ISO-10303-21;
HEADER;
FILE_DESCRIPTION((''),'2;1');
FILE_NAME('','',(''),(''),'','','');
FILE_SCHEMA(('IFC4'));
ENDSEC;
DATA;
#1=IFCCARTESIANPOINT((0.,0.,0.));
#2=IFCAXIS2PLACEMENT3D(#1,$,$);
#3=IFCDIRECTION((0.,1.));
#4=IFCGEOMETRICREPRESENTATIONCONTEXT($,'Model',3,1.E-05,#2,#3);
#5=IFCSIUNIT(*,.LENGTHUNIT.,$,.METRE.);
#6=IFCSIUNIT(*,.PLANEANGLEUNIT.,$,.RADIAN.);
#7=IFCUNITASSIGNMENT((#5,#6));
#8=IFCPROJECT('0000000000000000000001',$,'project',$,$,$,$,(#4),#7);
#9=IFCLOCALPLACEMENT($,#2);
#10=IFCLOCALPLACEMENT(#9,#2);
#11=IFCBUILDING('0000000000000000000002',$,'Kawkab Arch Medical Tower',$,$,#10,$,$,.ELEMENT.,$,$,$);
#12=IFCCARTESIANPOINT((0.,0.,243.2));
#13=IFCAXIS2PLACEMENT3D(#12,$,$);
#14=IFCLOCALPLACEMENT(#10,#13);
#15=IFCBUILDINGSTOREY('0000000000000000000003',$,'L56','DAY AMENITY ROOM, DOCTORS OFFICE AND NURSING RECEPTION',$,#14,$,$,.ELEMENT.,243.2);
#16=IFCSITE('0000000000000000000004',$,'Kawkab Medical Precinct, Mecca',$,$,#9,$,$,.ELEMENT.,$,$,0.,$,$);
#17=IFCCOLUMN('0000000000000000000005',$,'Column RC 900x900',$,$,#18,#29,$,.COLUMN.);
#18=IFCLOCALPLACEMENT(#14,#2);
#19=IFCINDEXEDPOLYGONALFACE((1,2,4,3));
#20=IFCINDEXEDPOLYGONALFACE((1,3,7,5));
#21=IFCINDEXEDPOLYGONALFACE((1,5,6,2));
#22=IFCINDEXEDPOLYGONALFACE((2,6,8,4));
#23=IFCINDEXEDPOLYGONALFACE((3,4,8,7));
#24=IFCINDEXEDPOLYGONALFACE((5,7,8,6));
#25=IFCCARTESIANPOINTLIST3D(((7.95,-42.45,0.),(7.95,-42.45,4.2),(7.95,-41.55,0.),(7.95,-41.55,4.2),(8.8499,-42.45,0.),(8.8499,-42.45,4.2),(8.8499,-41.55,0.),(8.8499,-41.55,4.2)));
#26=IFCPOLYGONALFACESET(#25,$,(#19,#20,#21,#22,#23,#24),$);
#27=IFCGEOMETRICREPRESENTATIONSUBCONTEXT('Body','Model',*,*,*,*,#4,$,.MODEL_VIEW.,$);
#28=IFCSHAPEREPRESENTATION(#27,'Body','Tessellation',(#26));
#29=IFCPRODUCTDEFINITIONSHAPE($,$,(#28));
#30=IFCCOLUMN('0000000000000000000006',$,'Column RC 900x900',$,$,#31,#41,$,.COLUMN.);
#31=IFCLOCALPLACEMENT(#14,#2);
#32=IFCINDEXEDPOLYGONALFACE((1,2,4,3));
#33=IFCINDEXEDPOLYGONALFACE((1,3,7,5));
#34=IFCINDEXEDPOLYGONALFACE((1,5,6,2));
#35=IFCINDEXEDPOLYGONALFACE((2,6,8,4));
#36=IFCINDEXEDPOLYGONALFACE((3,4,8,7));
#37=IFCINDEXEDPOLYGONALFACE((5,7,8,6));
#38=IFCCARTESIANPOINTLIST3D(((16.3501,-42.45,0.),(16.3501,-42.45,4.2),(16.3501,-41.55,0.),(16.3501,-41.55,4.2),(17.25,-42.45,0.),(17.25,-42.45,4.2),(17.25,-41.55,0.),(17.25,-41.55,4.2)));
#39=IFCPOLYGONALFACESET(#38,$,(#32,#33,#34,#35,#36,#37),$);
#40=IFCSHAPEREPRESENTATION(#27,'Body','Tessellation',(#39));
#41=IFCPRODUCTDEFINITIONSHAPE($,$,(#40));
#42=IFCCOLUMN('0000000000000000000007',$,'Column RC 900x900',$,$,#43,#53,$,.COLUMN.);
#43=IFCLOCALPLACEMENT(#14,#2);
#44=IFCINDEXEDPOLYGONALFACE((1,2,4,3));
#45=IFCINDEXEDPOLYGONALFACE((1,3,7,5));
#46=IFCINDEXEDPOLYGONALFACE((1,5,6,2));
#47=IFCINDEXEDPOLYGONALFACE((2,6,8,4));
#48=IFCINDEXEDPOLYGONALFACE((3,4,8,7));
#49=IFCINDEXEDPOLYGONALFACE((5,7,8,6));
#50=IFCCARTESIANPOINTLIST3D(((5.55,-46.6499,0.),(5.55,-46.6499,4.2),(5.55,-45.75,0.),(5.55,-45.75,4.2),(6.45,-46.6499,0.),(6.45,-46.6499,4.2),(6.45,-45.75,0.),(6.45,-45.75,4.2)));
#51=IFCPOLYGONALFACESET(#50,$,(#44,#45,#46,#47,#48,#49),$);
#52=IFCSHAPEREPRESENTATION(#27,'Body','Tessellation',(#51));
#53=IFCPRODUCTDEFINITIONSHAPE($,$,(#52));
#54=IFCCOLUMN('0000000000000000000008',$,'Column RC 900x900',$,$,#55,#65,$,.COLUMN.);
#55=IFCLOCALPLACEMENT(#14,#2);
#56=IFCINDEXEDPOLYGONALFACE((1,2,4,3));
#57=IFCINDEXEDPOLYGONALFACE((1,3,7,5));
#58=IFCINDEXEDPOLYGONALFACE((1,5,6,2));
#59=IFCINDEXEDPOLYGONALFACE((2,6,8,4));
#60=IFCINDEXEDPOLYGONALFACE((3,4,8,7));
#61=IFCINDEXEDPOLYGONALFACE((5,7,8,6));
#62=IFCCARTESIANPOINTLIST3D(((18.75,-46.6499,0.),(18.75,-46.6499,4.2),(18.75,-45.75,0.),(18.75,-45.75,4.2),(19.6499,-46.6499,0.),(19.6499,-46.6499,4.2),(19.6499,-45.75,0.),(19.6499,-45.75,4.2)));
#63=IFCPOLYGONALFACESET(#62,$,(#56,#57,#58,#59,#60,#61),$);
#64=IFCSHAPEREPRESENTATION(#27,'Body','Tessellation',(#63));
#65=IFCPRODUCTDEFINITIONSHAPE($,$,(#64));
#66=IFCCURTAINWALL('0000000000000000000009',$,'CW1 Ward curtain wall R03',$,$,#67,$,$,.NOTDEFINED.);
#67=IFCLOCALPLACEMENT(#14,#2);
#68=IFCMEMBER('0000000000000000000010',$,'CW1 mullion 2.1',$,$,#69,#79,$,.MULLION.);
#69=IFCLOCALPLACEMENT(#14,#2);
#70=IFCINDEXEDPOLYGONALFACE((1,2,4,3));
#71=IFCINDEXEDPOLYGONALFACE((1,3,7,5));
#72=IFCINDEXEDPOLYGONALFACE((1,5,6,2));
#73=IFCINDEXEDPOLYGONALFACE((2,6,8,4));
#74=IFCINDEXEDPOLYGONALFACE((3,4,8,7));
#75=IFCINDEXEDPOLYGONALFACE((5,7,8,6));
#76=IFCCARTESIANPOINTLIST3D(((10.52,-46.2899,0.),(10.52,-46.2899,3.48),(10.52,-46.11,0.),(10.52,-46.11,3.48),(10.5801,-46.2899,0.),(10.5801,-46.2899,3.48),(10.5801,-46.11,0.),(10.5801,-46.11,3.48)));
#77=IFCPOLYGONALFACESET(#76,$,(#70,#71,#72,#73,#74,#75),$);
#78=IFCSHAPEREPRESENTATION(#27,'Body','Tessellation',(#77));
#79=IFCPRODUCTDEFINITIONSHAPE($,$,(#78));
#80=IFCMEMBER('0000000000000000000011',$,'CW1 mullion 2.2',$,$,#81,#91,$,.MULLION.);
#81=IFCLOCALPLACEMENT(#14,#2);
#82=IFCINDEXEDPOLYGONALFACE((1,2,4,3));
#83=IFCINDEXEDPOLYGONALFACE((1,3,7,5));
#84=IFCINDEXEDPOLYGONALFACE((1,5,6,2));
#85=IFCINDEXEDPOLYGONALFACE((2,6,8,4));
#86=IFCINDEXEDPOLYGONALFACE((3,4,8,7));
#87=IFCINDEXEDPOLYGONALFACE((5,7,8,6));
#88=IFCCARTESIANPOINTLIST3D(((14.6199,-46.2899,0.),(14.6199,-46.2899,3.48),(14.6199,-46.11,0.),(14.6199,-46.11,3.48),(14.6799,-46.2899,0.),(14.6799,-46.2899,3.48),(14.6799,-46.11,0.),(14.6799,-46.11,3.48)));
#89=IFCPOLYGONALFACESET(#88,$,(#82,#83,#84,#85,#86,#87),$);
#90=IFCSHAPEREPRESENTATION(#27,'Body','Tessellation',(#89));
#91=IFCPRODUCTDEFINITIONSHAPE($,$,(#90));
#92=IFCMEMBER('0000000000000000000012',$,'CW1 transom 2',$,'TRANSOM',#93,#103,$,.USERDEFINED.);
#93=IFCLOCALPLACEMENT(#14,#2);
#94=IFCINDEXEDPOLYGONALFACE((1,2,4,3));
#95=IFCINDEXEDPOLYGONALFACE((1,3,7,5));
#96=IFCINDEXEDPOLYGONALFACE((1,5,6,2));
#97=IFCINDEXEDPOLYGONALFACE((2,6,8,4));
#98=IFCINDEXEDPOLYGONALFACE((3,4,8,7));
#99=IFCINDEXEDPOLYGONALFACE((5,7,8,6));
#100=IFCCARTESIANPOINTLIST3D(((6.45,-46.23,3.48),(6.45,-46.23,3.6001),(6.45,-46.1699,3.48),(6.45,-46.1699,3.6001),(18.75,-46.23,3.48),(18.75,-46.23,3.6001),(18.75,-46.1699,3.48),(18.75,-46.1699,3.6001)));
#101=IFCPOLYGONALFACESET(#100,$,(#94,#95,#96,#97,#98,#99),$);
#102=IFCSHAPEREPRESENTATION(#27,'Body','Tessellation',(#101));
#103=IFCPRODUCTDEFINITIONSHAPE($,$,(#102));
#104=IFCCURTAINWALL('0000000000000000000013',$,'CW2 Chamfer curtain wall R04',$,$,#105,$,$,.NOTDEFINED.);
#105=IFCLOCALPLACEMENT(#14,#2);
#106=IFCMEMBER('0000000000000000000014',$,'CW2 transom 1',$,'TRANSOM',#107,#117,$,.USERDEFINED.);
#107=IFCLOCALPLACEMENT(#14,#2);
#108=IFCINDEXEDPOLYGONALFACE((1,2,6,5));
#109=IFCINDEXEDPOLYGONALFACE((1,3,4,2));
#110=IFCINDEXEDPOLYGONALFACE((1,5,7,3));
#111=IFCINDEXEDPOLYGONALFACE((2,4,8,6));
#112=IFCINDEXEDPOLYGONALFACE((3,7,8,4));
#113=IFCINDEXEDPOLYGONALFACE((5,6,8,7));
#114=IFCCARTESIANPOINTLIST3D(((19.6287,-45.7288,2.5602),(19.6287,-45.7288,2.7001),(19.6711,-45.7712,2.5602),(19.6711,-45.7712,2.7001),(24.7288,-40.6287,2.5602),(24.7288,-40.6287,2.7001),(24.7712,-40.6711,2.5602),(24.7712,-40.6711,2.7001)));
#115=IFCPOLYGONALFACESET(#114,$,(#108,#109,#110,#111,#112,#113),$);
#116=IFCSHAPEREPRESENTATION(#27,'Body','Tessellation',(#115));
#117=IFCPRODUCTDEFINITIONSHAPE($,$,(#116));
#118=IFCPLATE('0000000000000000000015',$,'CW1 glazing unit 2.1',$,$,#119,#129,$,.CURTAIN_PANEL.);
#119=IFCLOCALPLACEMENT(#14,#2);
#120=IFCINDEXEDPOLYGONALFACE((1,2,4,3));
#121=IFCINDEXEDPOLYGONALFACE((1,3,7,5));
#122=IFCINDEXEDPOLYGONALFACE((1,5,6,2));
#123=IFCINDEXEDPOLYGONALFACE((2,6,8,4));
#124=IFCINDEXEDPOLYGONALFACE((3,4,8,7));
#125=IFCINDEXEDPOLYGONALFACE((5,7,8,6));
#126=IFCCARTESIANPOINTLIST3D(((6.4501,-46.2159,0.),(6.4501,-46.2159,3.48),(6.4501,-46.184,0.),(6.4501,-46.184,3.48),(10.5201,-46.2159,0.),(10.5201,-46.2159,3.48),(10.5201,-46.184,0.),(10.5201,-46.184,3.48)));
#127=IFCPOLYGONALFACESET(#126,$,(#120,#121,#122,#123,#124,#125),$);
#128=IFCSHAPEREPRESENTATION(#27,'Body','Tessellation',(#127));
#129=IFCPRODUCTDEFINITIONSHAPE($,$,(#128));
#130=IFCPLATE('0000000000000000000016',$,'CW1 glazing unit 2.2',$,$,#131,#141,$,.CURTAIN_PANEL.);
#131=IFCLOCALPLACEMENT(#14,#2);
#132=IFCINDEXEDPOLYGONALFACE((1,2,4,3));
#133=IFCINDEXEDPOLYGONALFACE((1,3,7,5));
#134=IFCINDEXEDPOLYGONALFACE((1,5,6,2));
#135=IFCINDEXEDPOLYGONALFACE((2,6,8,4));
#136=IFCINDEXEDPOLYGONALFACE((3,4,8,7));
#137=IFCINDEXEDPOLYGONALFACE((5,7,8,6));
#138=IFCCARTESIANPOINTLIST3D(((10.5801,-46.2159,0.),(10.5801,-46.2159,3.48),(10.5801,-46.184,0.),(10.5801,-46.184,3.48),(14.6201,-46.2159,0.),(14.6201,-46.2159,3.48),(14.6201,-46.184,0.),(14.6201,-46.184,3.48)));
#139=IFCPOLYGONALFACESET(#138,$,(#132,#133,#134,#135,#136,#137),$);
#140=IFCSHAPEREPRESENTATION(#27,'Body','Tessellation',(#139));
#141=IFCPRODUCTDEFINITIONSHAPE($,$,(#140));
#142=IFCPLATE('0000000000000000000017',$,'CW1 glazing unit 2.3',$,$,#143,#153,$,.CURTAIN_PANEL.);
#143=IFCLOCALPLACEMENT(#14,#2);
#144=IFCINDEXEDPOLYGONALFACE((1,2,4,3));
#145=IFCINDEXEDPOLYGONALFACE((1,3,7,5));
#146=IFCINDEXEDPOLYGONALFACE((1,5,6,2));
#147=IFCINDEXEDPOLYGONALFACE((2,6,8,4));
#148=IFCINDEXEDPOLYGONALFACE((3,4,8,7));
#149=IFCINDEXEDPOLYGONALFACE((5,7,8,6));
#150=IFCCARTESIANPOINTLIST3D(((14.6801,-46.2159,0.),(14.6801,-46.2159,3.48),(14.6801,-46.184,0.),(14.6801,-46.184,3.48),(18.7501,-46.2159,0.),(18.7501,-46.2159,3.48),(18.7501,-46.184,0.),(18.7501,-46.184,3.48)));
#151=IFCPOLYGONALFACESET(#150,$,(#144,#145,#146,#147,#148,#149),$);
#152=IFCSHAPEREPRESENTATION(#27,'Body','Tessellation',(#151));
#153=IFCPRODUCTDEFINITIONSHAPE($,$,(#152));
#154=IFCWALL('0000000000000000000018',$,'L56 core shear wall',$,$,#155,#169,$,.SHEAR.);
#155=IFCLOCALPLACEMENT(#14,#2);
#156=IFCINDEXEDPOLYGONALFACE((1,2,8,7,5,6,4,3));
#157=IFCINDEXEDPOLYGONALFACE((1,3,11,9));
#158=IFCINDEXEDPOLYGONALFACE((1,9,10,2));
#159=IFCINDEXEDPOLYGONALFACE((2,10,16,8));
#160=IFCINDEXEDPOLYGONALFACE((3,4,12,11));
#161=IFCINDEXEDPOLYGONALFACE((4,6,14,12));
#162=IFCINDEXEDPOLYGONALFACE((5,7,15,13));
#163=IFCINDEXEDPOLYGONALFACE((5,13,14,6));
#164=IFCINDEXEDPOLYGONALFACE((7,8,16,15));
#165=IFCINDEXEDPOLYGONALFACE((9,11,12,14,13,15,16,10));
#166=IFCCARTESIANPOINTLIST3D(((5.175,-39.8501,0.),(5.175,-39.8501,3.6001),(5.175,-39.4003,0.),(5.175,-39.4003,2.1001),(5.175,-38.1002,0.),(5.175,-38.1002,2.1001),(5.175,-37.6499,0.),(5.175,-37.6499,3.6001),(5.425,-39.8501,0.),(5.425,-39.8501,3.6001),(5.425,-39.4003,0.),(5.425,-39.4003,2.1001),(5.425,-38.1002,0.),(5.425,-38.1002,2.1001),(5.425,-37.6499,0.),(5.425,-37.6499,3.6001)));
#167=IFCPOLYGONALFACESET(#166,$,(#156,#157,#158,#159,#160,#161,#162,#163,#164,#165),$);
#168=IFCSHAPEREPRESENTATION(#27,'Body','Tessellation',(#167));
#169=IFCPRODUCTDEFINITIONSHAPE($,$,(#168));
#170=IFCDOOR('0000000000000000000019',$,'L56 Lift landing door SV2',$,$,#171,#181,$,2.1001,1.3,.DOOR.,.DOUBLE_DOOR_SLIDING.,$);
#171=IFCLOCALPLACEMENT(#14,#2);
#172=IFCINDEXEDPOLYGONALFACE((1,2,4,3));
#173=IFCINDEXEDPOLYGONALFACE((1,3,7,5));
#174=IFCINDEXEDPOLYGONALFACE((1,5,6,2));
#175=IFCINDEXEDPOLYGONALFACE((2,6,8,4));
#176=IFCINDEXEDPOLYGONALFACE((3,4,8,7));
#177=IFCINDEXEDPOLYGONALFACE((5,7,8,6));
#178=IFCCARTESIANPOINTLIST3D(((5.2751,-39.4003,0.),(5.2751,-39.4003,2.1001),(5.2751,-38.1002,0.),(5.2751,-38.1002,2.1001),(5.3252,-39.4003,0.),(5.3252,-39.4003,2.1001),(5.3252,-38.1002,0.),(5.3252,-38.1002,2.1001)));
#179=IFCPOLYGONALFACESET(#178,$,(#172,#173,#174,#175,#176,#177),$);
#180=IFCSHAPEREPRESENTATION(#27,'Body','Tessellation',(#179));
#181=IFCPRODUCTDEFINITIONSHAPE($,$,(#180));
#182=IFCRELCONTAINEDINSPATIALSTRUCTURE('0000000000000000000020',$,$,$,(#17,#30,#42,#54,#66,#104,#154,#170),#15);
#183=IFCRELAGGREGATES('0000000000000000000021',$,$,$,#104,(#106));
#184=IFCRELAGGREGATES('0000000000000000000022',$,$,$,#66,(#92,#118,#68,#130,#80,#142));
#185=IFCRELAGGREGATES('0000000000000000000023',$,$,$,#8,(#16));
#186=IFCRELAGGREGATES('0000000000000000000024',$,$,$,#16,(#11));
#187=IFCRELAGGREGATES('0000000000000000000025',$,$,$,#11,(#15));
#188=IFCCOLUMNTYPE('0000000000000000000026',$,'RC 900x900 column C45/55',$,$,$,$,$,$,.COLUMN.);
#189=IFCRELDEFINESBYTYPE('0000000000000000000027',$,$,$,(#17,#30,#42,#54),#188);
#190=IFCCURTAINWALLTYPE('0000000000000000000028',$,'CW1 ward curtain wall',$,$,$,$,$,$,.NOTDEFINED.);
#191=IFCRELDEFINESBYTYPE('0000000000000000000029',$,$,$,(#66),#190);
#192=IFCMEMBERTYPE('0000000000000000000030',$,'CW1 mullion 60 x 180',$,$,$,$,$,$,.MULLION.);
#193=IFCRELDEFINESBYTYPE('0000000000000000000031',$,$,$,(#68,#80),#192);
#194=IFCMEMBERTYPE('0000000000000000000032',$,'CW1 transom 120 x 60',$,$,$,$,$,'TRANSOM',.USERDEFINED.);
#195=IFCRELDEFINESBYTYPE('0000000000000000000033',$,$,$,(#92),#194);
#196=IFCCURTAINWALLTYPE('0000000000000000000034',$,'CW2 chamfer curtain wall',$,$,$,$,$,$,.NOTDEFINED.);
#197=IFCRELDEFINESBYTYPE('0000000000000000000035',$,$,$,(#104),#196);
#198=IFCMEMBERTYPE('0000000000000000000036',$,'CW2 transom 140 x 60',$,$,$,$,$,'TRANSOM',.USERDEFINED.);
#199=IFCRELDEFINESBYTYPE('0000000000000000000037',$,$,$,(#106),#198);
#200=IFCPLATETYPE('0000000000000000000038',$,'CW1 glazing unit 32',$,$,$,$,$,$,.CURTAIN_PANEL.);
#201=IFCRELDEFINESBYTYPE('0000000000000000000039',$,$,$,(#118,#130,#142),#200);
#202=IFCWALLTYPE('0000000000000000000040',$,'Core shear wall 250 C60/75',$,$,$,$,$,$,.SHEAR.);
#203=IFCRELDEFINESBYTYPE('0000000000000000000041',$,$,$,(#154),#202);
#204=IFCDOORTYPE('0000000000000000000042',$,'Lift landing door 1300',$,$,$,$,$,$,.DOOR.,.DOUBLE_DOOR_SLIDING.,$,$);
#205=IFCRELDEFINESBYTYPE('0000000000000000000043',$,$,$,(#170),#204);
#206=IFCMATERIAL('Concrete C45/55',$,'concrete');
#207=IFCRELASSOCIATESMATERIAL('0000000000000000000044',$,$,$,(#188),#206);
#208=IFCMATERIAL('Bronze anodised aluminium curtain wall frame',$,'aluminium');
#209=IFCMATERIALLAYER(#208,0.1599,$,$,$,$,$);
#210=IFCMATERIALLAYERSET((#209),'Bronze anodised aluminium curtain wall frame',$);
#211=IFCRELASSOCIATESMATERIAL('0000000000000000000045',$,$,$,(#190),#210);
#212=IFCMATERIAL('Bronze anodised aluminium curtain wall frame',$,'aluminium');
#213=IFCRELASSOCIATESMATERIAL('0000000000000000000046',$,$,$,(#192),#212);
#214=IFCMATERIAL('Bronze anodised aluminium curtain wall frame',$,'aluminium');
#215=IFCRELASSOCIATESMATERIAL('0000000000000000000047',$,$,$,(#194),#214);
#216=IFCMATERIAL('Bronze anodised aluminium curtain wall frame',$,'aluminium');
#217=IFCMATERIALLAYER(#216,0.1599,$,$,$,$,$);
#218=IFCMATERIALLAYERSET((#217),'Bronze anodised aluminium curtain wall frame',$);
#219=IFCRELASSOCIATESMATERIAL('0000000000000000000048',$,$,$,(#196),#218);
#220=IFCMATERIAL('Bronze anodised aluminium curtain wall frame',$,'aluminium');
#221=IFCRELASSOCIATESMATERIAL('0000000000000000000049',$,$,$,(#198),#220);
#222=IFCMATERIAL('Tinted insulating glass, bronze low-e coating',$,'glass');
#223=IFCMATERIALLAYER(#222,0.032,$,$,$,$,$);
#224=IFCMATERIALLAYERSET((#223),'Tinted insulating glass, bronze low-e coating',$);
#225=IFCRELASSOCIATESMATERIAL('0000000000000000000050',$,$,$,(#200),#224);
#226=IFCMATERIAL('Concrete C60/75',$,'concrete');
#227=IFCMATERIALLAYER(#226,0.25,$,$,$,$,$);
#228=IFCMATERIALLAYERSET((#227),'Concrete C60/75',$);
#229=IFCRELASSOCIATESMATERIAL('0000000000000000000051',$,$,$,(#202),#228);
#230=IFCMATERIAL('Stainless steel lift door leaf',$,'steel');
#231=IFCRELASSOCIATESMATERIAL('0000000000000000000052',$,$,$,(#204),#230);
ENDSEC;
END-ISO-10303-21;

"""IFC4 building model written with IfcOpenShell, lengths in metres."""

from ifc_helpers import new_model, si_unit, direction, frame, frame_2d, origin, origin_2d, place, context, subcontext, project, spatial, rectangle, extrude, material, layer, layer_set, material_profile, profile_set, type_object, element, fill, aggregate, save


model = new_model("IFC4")

# Units and contexts
model_context = context("Model", 3, precision=1e-05, world=origin(), true_north=direction((0.0, 1.0)))
body_context = subcontext(model_context, "Body", "Model", "MODEL_VIEW")
ifc_project = project(units=[si_unit("LENGTHUNIT", "METRE"), si_unit("PLANEANGLEUNIT", "RADIAN")], contexts=[model_context])

# Site, building, storey
site_placement = place(None, origin())
site = spatial("IfcSite", under=ifc_project, at=site_placement, Name="Kawkab Medical Precinct, Mecca", CompositionType="ELEMENT", RefElevation=0.0)
building_placement = place(site_placement, origin())
building = spatial("IfcBuilding", under=site, at=building_placement, Name="Kawkab Arch Medical Tower", CompositionType="ELEMENT")
storey_placement = place(building_placement, frame((0.0, 0.0, 243.2)))
storey = spatial("IfcBuildingStorey", under=building, at=storey_placement, Name="L56", Description="DAY AMENITY ROOM, DOCTORS OFFICE AND NURSING RECEPTION", CompositionType="ELEMENT", Elevation=243.2)

# Columns
ifc_material_1 = material(Name="Concrete C45/55", Category="concrete")
ifc_material_profile_1 = material_profile(ifc_material_1, rectangle(XDim=0.8999, YDim=0.8999, at=origin_2d()), Name="RC 900x900")
ifc_profile_set_1 = profile_set([ifc_material_profile_1], Name="Concrete C45/55")
column_type = type_object("IfcColumnType", Name="RC 900x900 column C45/55", PredefinedType="COLUMN", material=ifc_profile_set_1)
for number, where, z_axis, x_axis, name in (
    (1, (8.3999, -42.0, 0.0), (0.0, 0.0, 1.0), (1.0, 0.0, 0.0), "Column RC 900x900"),
    (2, (16.8, -42.0, 0.0), (0.0, 0.0, 1.0), (1.0, 0.0, 0.0), "Column RC 900x900"),
    (3, (6.0, -46.2, 0.0), (0.0, 0.0, 1.0), (1.0, 0.0, 0.0), "Column RC 900x900"),
    (4, (19.2, -46.2, 0.0), (0.0, 0.0, 1.0), (1.0, 0.0, 0.0), "Column RC 900x900"),
):
    element("IfcColumn", number, at=place(storey_placement, frame(where, z_axis=z_axis, x_axis=x_axis)), inside=storey, type_object=column_type, Name=name, PredefinedType="COLUMN", context=body_context, shape_type="SweptSolid", body=[
        extrude(rectangle(XDim=0.8999, YDim=0.8999, at=origin_2d()), origin(), (0.0, 0.0, 1.0), 4.2),
    ])

# Curtain wall, members
ifc_material_2 = material(Name="Bronze anodised aluminium curtain wall frame", Category="aluminium")
ifc_layer_1 = layer(ifc_material_2, 0.1599)
ifc_layer_set_1 = layer_set([ifc_layer_1], Name="Bronze anodised aluminium curtain wall frame")
curtain_wall_type_1 = type_object("IfcCurtainWallType", Name="CW1 ward curtain wall", PredefinedType="NOTDEFINED", material=ifc_layer_set_1)
placement = place(storey_placement, origin())
curtain_wall_1 = element("IfcCurtainWall", 5, at=placement, inside=storey, type_object=curtain_wall_type_1, Name="CW1 Ward curtain wall R03", PredefinedType="NOTDEFINED")
ifc_material_3 = material(Name="Bronze anodised aluminium curtain wall frame", Category="aluminium")
ifc_material_profile_2 = material_profile(ifc_material_3, rectangle(XDim=0.1799, YDim=0.0601, at=origin_2d()), Name="AL 60x180")
ifc_profile_set_2 = profile_set([ifc_material_profile_2], Name="Bronze anodised aluminium curtain wall frame")
member_type_1 = type_object("IfcMemberType", Name="CW1 mullion 60 x 180", PredefinedType="MULLION", material=ifc_profile_set_2)
member_1_placement = place(storey_placement, frame((10.55, -46.2, 0.0), z_axis=(0.0, 0.0, 1.0), x_axis=(0.0, 1.0, 0.0)))
member_1 = element("IfcMember", 6, at=member_1_placement, type_object=member_type_1, Name="CW1 mullion 2.1", PredefinedType="MULLION", context=body_context, shape_type="SweptSolid", body=[
    extrude(rectangle(XDim=0.1799, YDim=0.0601, at=origin_2d()), origin(), (0.0, 0.0, 1.0), 3.48),
])
member_2_placement = place(storey_placement, frame((14.6499, -46.2, 0.0), z_axis=(0.0, 0.0, 1.0), x_axis=(0.0, 1.0, 0.0)))
member_2 = element("IfcMember", 7, at=member_2_placement, type_object=member_type_1, Name="CW1 mullion 2.2", PredefinedType="MULLION", context=body_context, shape_type="SweptSolid", body=[
    extrude(rectangle(XDim=0.1799, YDim=0.0601, at=origin_2d()), origin(), (0.0, 0.0, 1.0), 3.48),
])
ifc_material_4 = material(Name="Bronze anodised aluminium curtain wall frame", Category="aluminium")
ifc_material_profile_3 = material_profile(ifc_material_4, rectangle(XDim=0.0601, YDim=0.1201, at=origin_2d()), Name="AL 60x120")
ifc_profile_set_3 = profile_set([ifc_material_profile_3], Name="Bronze anodised aluminium curtain wall frame")
member_type_2 = type_object("IfcMemberType", Name="CW1 transom 120 x 60", ElementType="TRANSOM", PredefinedType="USERDEFINED", material=ifc_profile_set_3)
member_3_placement = place(storey_placement, frame((6.45, -46.2, 3.54), z_axis=(1.0, 0.0, 0.0), x_axis=(0.0, 1.0, 0.0)))
member_3 = element("IfcMember", 8, at=member_3_placement, type_object=member_type_2, Name="CW1 transom 2", ObjectType="TRANSOM", PredefinedType="USERDEFINED", context=body_context, shape_type="SweptSolid", body=[
    extrude(rectangle(XDim=0.0601, YDim=0.1201, at=origin_2d()), origin(), (0.0, 0.0, 1.0), 12.3),
])

# Curtain wall, member
ifc_material_5 = material(Name="Bronze anodised aluminium curtain wall frame", Category="aluminium")
ifc_layer_2 = layer(ifc_material_5, 0.1599)
ifc_layer_set_2 = layer_set([ifc_layer_2], Name="Bronze anodised aluminium curtain wall frame")
curtain_wall_type_2 = type_object("IfcCurtainWallType", Name="CW2 chamfer curtain wall", PredefinedType="NOTDEFINED", material=ifc_layer_set_2)
curtain_wall_2 = element("IfcCurtainWall", 9, at=placement, inside=storey, type_object=curtain_wall_type_2, Name="CW2 Chamfer curtain wall R04", PredefinedType="NOTDEFINED")
ifc_material_6 = material(Name="Bronze anodised aluminium curtain wall frame", Category="aluminium")
ifc_material_profile_4 = material_profile(ifc_material_6, rectangle(XDim=0.0601, YDim=0.1399, at=origin_2d()), Name="AL 60x140")
ifc_profile_set_4 = profile_set([ifc_material_profile_4], Name="Bronze anodised aluminium curtain wall frame")
member_type_3 = type_object("IfcMemberType", Name="CW2 transom 140 x 60", ElementType="TRANSOM", PredefinedType="USERDEFINED", material=ifc_profile_set_4)
member_4_placement = place(storey_placement, frame((19.6499, -45.75, 2.6301), z_axis=(0.707107, 0.707107, 0.0), x_axis=(-0.707107, 0.707107, 0.0)))
member_4 = element("IfcMember", 10, at=member_4_placement, type_object=member_type_3, Name="CW2 transom 1", ObjectType="TRANSOM", PredefinedType="USERDEFINED", context=body_context, shape_type="SweptSolid", body=[
    extrude(rectangle(XDim=0.0601, YDim=0.1399, at=origin_2d()), origin(), (0.0, 0.0, 1.0), 7.2126),
])
aggregate(curtain_wall_2, [member_4])

# Plates
ifc_material_7 = material(Name="Tinted insulating glass, bronze low-e coating", Category="glass")
ifc_layer_3 = layer(ifc_material_7, 0.032)
ifc_layer_set_3 = layer_set([ifc_layer_3], Name="Tinted insulating glass, bronze low-e coating")
plate_type = type_object("IfcPlateType", Name="CW1 glazing unit 32", PredefinedType="CURTAIN_PANEL", material=ifc_layer_set_3)
plate_1_placement = place(storey_placement, frame((8.4851, -46.2, 0.0), z_axis=(0.0, 0.0, 1.0), x_axis=(1.0, 0.0, 0.0)))
plate_1 = element("IfcPlate", 11, at=plate_1_placement, type_object=plate_type, Name="CW1 glazing unit 2.1", PredefinedType="CURTAIN_PANEL", context=body_context, shape_type="SweptSolid", body=[
    extrude(rectangle(XDim=4.0701, YDim=0.032, at=origin_2d()), origin(), (0.0, 0.0, 1.0), 3.48),
])
plate_2_placement = place(storey_placement, frame((12.6001, -46.2, 0.0), z_axis=(0.0, 0.0, 1.0), x_axis=(1.0, 0.0, 0.0)))
plate_2 = element("IfcPlate", 12, at=plate_2_placement, type_object=plate_type, Name="CW1 glazing unit 2.2", PredefinedType="CURTAIN_PANEL", context=body_context, shape_type="SweptSolid", body=[
    extrude(rectangle(XDim=4.04, YDim=0.032, at=origin_2d()), origin(), (0.0, 0.0, 1.0), 3.48),
])
plate_3_placement = place(storey_placement, frame((16.7151, -46.2, 0.0), z_axis=(0.0, 0.0, 1.0), x_axis=(1.0, 0.0, 0.0)))
plate_3 = element("IfcPlate", 13, at=plate_3_placement, type_object=plate_type, Name="CW1 glazing unit 2.3", PredefinedType="CURTAIN_PANEL", context=body_context, shape_type="SweptSolid", body=[
    extrude(rectangle(XDim=4.0701, YDim=0.032, at=origin_2d()), origin(), (0.0, 0.0, 1.0), 3.48),
])
aggregate(curtain_wall_1, [member_3, plate_1, member_1, plate_2, member_2, plate_3])

# Wall, opening, door
ifc_material_8 = material(Name="Concrete C60/75", Category="concrete")
ifc_layer_4 = layer(ifc_material_8, 0.25)
ifc_layer_set_4 = layer_set([ifc_layer_4], Name="Concrete C60/75")
wall_type_1 = type_object("IfcWallType", Name="Core shear wall 250 C60/75", PredefinedType="SHEAR", material=ifc_layer_set_4)
wall_1_placement = place(storey_placement, frame((5.3, -39.8501, 0.0), z_axis=(0.0, 0.0, 1.0), x_axis=(0.0, 1.0, 0.0)))
wall_1 = element("IfcWall", 14, at=wall_1_placement, inside=storey, type_object=wall_type_1, Name="L56 core shear wall", PredefinedType="SHEAR", context=body_context, shape_type="SweptSolid", body=[
    extrude(rectangle(XDim=2.2002, YDim=0.25, at=frame_2d((1.1001, 0.0))), origin(), (0.0, 0.0, 1.0), 3.6001),
])
opening_1_placement = place(wall_1_placement, frame((0.45, 0.0, 0.0)))
opening_1 = element("IfcOpeningElement", 15, at=opening_1_placement, cuts=wall_1, PredefinedType="OPENING", context=body_context, shape_type="SweptSolid", body=[
    extrude(rectangle(XDim=1.3, YDim=2.1001, at=frame_2d((0.6499, 1.05))), frame((0.0, 0.135, 0.0), z_axis=(0.0, -1.0, 0.0), x_axis=(1.0, 0.0, 0.0)), (0.0, 0.0, 1.0), 0.27),
])
ifc_material_9 = material(Name="Stainless steel lift door leaf", Category="steel")
door_type_1 = type_object("IfcDoorType", Name="Lift landing door 1300", OperationType="DOUBLE_DOOR_SLIDING", PredefinedType="DOOR", material=ifc_material_9)
door_1_placement = place(opening_1_placement, origin())
door_1 = element("IfcDoor", 16, at=door_1_placement, inside=storey, type_object=door_type_1, Name="L56 Lift landing door SV2", OperationType="DOUBLE_DOOR_SLIDING", OverallHeight=2.1001, OverallWidth=1.3, PredefinedType="DOOR", context=body_context, shape_type="SweptSolid", body=[
    extrude(rectangle(XDim=1.3, YDim=2.1001, at=frame_2d((0.6499, 1.05))), frame((0.0, 0.0249, 0.0), z_axis=(0.0, -1.0, 0.0), x_axis=(1.0, 0.0, 0.0)), (0.0, 0.0, 1.0), 0.05),
])
fill(opening_1, door_1)

save(model, "model.ifc")
